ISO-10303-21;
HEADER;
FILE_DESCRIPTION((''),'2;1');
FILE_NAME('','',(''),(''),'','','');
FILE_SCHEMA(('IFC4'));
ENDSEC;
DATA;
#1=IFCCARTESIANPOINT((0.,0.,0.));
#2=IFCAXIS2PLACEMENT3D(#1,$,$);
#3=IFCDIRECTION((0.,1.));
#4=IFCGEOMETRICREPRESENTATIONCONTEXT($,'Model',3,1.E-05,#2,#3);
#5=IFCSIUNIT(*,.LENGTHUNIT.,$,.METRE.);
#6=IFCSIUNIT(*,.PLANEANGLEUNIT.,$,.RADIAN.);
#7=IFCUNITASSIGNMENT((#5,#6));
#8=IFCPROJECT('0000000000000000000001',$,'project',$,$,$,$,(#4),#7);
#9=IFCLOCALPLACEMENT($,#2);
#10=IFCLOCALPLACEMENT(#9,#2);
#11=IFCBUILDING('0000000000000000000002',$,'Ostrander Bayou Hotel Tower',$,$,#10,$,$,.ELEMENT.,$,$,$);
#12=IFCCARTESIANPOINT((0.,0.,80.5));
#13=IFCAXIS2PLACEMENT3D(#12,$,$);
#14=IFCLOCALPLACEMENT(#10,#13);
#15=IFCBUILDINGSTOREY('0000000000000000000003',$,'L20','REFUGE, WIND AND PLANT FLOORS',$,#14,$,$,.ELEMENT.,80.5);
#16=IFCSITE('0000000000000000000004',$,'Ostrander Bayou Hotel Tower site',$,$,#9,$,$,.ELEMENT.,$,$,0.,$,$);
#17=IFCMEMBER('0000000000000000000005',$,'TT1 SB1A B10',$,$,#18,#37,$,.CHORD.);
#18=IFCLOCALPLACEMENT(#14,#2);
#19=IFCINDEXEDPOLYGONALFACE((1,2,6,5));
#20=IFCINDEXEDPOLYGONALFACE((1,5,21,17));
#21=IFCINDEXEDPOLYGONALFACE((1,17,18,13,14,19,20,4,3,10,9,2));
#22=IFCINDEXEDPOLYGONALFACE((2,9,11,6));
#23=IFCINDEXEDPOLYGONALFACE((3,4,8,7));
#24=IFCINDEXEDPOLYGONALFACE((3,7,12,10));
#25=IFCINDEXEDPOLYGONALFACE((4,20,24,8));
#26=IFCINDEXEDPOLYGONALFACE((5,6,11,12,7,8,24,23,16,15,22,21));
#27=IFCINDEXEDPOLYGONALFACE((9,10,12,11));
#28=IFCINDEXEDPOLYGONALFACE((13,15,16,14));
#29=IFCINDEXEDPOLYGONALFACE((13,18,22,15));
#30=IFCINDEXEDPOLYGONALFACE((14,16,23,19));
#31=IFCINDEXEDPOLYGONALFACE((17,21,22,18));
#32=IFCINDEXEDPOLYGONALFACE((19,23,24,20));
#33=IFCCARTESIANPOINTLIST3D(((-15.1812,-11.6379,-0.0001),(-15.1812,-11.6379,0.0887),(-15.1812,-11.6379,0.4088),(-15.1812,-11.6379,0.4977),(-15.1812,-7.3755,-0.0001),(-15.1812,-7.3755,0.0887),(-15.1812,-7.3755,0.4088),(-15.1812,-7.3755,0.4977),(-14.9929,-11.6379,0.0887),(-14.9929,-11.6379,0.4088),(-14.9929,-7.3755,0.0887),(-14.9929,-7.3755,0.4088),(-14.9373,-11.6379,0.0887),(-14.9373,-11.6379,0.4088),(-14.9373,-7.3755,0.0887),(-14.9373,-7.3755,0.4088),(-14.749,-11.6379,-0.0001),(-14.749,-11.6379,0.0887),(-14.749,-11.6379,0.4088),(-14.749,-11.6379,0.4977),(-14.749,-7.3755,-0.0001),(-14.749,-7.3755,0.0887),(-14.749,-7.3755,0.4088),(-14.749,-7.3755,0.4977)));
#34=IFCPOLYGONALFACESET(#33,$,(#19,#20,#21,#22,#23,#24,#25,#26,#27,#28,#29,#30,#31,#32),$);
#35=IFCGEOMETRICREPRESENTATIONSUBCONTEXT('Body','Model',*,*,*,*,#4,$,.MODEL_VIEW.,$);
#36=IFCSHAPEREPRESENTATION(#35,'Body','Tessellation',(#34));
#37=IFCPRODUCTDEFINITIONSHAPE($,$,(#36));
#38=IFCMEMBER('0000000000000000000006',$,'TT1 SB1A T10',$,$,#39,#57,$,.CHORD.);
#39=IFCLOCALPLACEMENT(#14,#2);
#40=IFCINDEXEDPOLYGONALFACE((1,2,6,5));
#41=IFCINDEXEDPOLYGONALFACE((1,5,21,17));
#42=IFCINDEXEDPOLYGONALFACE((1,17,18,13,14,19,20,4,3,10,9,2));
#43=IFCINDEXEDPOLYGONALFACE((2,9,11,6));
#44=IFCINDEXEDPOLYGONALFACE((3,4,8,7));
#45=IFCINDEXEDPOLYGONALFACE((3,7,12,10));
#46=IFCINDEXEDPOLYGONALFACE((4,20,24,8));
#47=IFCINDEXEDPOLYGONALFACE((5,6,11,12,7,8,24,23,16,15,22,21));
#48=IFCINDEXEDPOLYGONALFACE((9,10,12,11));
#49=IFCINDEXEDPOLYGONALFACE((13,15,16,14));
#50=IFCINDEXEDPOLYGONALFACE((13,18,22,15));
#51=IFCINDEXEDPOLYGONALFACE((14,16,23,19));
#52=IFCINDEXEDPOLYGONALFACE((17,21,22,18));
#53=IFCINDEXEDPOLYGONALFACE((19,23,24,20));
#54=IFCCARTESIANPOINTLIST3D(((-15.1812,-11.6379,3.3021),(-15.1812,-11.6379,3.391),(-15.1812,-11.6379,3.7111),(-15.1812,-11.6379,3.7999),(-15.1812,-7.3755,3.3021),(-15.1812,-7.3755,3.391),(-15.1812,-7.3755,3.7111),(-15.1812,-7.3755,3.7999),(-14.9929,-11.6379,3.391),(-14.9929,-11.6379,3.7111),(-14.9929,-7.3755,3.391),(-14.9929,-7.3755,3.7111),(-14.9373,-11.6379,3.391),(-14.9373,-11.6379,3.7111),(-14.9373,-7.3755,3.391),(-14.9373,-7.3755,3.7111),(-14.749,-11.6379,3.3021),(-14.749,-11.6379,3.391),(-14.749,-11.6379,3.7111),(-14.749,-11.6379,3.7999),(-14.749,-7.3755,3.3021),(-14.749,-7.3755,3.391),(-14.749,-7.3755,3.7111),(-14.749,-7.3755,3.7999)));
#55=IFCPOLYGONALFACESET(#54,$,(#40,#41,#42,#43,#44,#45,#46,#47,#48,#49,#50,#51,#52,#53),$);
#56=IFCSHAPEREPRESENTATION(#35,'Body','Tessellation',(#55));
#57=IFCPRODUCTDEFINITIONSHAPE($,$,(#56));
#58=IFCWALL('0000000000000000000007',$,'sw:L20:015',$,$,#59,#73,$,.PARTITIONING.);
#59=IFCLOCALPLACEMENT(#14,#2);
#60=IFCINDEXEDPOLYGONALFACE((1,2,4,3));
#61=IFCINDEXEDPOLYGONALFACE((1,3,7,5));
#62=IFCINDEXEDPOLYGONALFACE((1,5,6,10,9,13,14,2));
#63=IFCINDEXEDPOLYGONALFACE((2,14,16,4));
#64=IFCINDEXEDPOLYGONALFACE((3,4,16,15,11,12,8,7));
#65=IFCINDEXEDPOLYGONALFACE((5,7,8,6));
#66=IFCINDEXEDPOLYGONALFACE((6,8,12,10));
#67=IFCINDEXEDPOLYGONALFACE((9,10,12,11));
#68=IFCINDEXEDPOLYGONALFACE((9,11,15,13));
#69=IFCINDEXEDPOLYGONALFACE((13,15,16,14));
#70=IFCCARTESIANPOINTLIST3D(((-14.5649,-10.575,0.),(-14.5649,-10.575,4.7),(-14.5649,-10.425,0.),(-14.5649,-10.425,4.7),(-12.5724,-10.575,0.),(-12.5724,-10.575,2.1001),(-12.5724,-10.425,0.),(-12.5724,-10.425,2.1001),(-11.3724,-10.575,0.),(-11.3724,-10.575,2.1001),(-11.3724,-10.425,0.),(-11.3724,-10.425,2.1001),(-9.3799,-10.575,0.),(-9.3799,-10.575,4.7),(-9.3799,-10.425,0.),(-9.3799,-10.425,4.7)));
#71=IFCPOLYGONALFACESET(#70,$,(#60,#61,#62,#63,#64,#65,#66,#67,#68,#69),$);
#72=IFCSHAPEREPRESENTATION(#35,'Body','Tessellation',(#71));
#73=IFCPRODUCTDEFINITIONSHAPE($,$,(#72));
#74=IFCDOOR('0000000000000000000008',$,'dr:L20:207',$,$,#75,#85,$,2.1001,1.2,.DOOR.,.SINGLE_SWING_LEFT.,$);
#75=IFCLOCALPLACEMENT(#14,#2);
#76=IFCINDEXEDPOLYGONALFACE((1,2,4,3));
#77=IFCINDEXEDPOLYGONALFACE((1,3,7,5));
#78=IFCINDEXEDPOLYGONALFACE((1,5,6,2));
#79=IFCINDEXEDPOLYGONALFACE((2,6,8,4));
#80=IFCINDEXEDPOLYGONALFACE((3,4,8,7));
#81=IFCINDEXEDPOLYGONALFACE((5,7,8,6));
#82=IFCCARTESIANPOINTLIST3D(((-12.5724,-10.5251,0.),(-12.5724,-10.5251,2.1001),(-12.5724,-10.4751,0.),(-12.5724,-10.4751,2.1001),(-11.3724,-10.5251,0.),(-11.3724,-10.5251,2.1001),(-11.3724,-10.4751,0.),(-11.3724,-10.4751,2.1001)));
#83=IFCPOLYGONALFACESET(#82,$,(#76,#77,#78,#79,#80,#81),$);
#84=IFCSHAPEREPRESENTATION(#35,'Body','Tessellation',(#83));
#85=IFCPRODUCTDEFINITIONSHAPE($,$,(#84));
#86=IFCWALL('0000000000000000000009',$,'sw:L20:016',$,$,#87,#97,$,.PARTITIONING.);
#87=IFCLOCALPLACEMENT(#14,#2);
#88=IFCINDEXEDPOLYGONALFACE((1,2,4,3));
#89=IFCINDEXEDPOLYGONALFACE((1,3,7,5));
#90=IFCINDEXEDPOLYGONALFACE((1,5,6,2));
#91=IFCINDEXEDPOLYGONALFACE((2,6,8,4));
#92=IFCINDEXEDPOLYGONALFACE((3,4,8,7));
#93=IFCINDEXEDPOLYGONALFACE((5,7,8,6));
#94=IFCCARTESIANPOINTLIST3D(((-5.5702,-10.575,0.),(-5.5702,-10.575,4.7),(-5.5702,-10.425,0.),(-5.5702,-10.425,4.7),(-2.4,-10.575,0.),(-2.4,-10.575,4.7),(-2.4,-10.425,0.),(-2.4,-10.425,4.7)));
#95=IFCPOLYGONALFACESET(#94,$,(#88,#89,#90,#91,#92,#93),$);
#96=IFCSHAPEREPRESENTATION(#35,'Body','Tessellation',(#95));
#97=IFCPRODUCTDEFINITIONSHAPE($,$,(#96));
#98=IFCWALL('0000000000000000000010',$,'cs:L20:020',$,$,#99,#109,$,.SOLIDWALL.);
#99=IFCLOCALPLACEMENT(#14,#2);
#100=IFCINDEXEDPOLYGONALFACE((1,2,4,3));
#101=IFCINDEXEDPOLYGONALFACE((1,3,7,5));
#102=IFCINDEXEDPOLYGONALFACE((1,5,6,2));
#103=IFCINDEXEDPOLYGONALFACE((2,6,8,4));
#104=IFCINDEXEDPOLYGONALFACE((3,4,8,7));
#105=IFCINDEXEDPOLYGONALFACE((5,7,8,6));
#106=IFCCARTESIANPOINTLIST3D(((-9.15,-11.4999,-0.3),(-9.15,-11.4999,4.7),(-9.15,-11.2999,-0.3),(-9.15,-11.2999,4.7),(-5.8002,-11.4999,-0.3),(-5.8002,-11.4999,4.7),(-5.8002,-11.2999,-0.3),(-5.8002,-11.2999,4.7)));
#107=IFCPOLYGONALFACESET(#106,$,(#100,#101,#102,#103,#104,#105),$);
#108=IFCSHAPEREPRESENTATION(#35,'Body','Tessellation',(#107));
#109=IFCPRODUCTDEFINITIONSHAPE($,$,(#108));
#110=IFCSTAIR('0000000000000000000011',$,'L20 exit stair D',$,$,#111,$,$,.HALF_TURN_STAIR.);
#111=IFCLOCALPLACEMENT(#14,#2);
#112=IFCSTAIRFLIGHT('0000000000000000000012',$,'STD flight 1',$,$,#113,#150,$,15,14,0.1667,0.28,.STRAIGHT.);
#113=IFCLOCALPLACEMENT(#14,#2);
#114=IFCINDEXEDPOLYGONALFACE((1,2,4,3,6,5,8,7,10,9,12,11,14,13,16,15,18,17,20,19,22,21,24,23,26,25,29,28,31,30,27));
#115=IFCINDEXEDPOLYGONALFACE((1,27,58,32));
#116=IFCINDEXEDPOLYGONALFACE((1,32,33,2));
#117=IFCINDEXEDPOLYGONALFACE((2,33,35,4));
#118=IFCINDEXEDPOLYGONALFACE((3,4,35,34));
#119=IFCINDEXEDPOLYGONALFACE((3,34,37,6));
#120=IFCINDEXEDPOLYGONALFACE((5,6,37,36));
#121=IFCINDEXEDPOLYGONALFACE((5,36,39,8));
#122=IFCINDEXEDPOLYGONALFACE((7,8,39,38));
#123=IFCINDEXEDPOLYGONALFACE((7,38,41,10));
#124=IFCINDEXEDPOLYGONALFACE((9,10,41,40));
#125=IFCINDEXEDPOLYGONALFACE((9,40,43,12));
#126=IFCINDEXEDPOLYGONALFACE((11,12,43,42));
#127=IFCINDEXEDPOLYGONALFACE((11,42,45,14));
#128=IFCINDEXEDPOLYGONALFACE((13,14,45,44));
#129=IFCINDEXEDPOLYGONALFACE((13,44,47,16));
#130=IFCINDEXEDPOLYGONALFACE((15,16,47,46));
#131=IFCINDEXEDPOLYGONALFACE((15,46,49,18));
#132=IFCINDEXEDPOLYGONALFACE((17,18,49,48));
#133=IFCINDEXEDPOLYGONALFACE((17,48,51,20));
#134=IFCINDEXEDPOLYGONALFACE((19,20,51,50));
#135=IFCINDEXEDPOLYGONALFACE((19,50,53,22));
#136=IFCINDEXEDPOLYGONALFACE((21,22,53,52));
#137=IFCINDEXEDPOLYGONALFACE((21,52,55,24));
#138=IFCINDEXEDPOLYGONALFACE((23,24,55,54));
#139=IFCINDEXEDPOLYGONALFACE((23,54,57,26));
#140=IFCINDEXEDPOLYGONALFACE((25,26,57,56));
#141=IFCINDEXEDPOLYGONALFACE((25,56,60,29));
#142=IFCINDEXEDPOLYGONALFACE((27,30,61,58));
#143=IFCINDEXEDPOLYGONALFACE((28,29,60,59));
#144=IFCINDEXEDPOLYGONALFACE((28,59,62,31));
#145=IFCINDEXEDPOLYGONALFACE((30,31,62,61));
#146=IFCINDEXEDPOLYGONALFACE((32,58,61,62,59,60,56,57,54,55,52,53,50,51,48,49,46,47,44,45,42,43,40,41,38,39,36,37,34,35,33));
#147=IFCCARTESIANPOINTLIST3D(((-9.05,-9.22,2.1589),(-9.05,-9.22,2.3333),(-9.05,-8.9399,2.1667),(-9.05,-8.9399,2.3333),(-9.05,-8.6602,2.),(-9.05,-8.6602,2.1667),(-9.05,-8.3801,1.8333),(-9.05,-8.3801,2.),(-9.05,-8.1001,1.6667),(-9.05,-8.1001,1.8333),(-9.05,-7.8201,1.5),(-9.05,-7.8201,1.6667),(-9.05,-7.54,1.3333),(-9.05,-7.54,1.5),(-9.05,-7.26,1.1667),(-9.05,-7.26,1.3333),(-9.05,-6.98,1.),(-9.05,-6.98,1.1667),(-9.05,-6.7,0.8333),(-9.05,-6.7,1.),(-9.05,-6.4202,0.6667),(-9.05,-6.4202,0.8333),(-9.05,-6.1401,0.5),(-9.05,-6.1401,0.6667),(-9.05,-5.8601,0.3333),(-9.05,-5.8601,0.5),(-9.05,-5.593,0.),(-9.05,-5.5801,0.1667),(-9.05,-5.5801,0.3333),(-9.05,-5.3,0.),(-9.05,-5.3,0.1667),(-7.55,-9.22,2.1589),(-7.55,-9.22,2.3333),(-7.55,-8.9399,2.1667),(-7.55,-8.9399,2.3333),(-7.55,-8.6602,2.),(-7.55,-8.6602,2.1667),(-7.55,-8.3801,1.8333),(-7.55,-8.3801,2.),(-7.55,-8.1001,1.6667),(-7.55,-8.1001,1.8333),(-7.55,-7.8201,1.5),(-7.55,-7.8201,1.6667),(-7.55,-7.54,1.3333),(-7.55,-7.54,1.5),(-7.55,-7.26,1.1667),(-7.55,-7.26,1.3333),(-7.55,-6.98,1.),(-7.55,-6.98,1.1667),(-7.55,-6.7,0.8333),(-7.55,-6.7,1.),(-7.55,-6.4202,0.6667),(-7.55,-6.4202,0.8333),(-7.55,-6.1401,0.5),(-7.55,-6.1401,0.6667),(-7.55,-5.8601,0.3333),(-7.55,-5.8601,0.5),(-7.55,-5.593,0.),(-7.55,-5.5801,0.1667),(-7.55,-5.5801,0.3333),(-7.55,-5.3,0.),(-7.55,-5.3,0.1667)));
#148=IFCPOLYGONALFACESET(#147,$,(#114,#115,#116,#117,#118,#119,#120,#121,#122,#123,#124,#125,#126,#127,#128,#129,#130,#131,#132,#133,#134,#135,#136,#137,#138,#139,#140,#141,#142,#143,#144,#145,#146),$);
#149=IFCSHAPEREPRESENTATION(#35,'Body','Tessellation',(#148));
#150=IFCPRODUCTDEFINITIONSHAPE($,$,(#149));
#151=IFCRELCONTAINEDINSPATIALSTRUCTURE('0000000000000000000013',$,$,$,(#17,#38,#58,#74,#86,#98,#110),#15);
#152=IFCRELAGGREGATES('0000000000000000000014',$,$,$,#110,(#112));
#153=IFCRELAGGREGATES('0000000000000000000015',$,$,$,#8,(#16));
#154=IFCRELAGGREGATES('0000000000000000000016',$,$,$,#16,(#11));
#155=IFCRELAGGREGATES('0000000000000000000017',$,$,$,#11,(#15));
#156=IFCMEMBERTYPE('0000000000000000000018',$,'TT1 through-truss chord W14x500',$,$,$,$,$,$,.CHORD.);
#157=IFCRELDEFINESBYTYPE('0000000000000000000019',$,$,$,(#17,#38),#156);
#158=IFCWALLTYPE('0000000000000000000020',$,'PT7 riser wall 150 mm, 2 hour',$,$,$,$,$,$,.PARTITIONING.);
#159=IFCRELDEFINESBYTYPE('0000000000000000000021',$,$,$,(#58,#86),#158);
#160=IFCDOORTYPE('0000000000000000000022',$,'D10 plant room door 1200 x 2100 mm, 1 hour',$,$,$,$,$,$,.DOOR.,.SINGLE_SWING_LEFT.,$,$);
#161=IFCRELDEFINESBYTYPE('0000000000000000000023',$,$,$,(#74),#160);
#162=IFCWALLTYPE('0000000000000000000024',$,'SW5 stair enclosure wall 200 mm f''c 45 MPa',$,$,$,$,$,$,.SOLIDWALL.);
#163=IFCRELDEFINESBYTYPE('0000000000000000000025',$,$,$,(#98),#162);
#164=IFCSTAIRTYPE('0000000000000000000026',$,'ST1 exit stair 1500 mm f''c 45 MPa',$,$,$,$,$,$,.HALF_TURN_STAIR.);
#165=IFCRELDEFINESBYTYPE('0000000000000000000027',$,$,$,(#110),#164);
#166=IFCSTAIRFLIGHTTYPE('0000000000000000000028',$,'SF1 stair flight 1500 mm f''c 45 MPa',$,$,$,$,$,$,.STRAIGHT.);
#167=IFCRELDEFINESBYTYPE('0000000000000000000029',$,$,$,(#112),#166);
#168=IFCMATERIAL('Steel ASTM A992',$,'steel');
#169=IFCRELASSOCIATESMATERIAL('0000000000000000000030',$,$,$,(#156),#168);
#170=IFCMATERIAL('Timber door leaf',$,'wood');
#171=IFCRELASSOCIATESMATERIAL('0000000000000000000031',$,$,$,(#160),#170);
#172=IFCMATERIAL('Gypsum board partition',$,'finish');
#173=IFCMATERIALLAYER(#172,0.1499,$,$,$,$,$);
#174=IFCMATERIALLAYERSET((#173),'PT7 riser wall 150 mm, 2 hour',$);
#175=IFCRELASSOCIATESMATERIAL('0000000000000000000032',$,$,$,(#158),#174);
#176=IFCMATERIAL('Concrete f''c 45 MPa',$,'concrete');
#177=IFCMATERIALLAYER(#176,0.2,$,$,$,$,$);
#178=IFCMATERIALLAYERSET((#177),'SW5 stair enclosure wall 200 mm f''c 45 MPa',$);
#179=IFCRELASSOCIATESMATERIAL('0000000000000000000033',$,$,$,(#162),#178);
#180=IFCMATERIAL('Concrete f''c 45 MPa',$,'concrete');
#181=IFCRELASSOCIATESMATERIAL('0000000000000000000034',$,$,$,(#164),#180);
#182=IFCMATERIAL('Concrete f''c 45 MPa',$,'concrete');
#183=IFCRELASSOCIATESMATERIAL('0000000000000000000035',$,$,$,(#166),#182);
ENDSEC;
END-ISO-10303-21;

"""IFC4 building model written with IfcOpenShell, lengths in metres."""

from ifc_helpers import new_model, si_unit, direction, frame, frame_2d, origin, origin_2d, place, context, subcontext, project, spatial, polyline, rectangle, i_section, outline, extrude, material, layer, layer_set, material_profile, profile_set, type_object, element, fill, aggregate, save


model = new_model("IFC4")

# Units and contexts
model_context = context("Model", 3, precision=1e-05, world=origin(), true_north=direction((0.0, 1.0)))
body_context = subcontext(model_context, "Body", "Model", "MODEL_VIEW")
ifc_project = project(units=[si_unit("LENGTHUNIT", "METRE"), si_unit("PLANEANGLEUNIT", "RADIAN")], contexts=[model_context])

# Site, building, storey
site_placement = place(None, origin())
site = spatial("IfcSite", under=ifc_project, at=site_placement, Name="Ostrander Bayou Hotel Tower site", CompositionType="ELEMENT", RefElevation=0.0)
building_placement = place(site_placement, origin())
building = spatial("IfcBuilding", under=site, at=building_placement, Name="Ostrander Bayou Hotel Tower", CompositionType="ELEMENT")
storey_placement = place(building_placement, frame((0.0, 0.0, 80.5)))
storey = spatial("IfcBuildingStorey", under=building, at=storey_placement, Name="L20", Description="REFUGE, WIND AND PLANT FLOORS", CompositionType="ELEMENT", Elevation=80.5)

# Members
ifc_material_1 = material(Name="Steel ASTM A992", Category="steel")
ifc_material_profile = material_profile(ifc_material_1, i_section(OverallWidth=0.4321, OverallDepth=0.4978, WebThickness=0.0557, FlangeThickness=0.0889, at=origin_2d()))
ifc_profile_set = profile_set([ifc_material_profile], Name="Steel ASTM A992")
member_type = type_object("IfcMemberType", Name="TT1 through-truss chord W14x500", PredefinedType="CHORD", material=ifc_profile_set)
for number, where, z_axis, x_axis, name in (
    (1, (-14.9651, -7.3755, 0.2488), (0.0, -1.0, 0.0), (1.0, 0.0, 0.0), "TT1 SB1A B10"),
    (2, (-14.9651, -7.3755, 3.551), (0.0, -1.0, 0.0), (1.0, 0.0, 0.0), "TT1 SB1A T10"),
):
    element("IfcMember", number, at=place(storey_placement, frame(where, z_axis=z_axis, x_axis=x_axis)), inside=storey, type_object=member_type, Name=name, PredefinedType="CHORD", context=body_context, shape_type="SweptSolid", body=[
        extrude(i_section(OverallWidth=0.4321, OverallDepth=0.4978, WebThickness=0.0557, FlangeThickness=0.0889, at=origin_2d()), origin(), (0.0, 0.0, 1.0), 4.2625),
    ])

# Wall, opening, door
ifc_material_2 = material(Name="Timber door leaf", Category="wood")
door_type = type_object("IfcDoorType", Name="D10 plant room door 1200 x 2100 mm, 1 hour", OperationType="SINGLE_SWING_LEFT", PredefinedType="DOOR", material=ifc_material_2)
ifc_material_3 = material(Name="Gypsum board partition", Category="finish")
ifc_layer_1 = layer(ifc_material_3, 0.1499)
ifc_layer_set_1 = layer_set([ifc_layer_1], Name="PT7 riser wall 150 mm, 2 hour")
wall_type_1 = type_object("IfcWallType", Name="PT7 riser wall 150 mm, 2 hour", PredefinedType="PARTITIONING", material=ifc_layer_set_1)
wall_1_placement = place(storey_placement, frame((-14.5649, -10.5, 0.0), z_axis=(0.0, 0.0, 1.0), x_axis=(1.0, 0.0, 0.0)))
wall_1 = element("IfcWall", 3, at=wall_1_placement, inside=storey, type_object=wall_type_1, Name="sw:L20:015", PredefinedType="PARTITIONING", context=body_context, shape_type="SweptSolid", body=[
    extrude(rectangle(XDim=5.1851, YDim=0.1499, at=frame_2d((2.5925, 0.0))), origin(), (0.0, 0.0, 1.0), 4.7),
])
opening_1_placement = place(wall_1_placement, frame((1.9924, 0.0, 0.0)))
opening_1 = element("IfcOpeningElement", 4, at=opening_1_placement, cuts=wall_1, PredefinedType="OPENING", context=body_context, shape_type="SweptSolid", body=[
    extrude(rectangle(XDim=1.2, YDim=2.1001, at=frame_2d((0.6001, 1.05))), frame((0.0, 0.075, 0.0), z_axis=(0.0, -1.0, 0.0), x_axis=(1.0, 0.0, 0.0)), (0.0, 0.0, 1.0), 0.1499),
])
door_1_placement = place(opening_1_placement, origin())
door_1 = element("IfcDoor", 5, at=door_1_placement, inside=storey, type_object=door_type, Name="dr:L20:207", OperationType="SINGLE_SWING_LEFT", OverallHeight=2.1001, OverallWidth=1.2, PredefinedType="DOOR", context=body_context, shape_type="SweptSolid", body=[
    extrude(rectangle(XDim=1.2, YDim=2.1001, at=frame_2d((0.6001, 1.05))), frame((0.0, 0.0249, 0.0), z_axis=(0.0, -1.0, 0.0), x_axis=(1.0, 0.0, 0.0)), (0.0, 0.0, 1.0), 0.05),
])
fill(opening_1, door_1)

# Walls
wall_2_placement = place(storey_placement, frame((-5.5701, -10.5, 0.0), z_axis=(0.0, 0.0, 1.0), x_axis=(1.0, 0.0, 0.0)))
element("IfcWall", 6, at=wall_2_placement, inside=storey, type_object=wall_type_1, Name="sw:L20:016", PredefinedType="PARTITIONING", context=body_context, shape_type="SweptSolid", body=[
    extrude(rectangle(XDim=3.1702, YDim=0.1499, at=frame_2d((1.585, 0.0))), origin(), (0.0, 0.0, 1.0), 4.7),
])
ifc_material_4 = material(Name="Concrete f'c 45 MPa", Category="concrete")
ifc_layer_2 = layer(ifc_material_4, 0.2)
ifc_layer_set_2 = layer_set([ifc_layer_2], Name="SW5 stair enclosure wall 200 mm f'c 45 MPa")
wall_type_2 = type_object("IfcWallType", Name="SW5 stair enclosure wall 200 mm f'c 45 MPa", PredefinedType="SOLIDWALL", material=ifc_layer_set_2)
wall_3_placement = place(storey_placement, frame((-9.1499, -11.3999, -0.3), z_axis=(0.0, 0.0, 1.0), x_axis=(1.0, 0.0, 0.0)))
element("IfcWall", 7, at=wall_3_placement, inside=storey, type_object=wall_type_2, Name="cs:L20:020", PredefinedType="SOLIDWALL", context=body_context, shape_type="SweptSolid", body=[
    extrude(rectangle(XDim=3.3499, YDim=0.2, at=frame_2d((1.6748, 0.0))), origin(), (0.0, 0.0, 1.0), 5.0),
])

# Stair, stair flight
ifc_material_5 = material(Name="Concrete f'c 45 MPa", Category="concrete")
stair_type = type_object("IfcStairType", Name="ST1 exit stair 1500 mm f'c 45 MPa", PredefinedType="HALF_TURN_STAIR", material=ifc_material_5)
stair_placement = place(storey_placement, origin())
stair = element("IfcStair", 8, at=stair_placement, inside=storey, type_object=stair_type, Name="L20 exit stair D", PredefinedType="HALF_TURN_STAIR")
ifc_material_6 = material(Name="Concrete f'c 45 MPa", Category="concrete")
stair_flight_type = type_object("IfcStairFlightType", Name="SF1 stair flight 1500 mm f'c 45 MPa", PredefinedType="STRAIGHT", material=ifc_material_6)
stair_flight_1_placement = place(storey_placement, frame((-8.3, -5.3, 0.0), z_axis=(0.0, 0.0, 1.0), x_axis=(0.0, -1.0, 0.0)))
stair_flight_1 = element("IfcStairFlight", 9, at=stair_flight_1_placement, type_object=stair_flight_type, Name="STD flight 1", NumberOfRisers=15, NumberOfTreads=14, PredefinedType="STRAIGHT", RiserHeight=0.1667, TreadLength=0.28, context=body_context, shape_type="SweptSolid", body=[
    extrude(outline(polyline([(0.0, 0.0), (0.0, 0.1667), (0.28, 0.1667), (0.28, 0.3333), (0.5601, 0.3333), (0.5601, 0.5), (0.8401, 0.5), (0.8401, 0.6667), (1.1201, 0.6667), (1.1201, 0.8333), (1.3999, 0.8333), (1.3999, 1.0), (1.6799, 1.0), (1.6799, 1.1667), (1.96, 1.1667), (1.96, 1.3333), (2.24, 1.3333), (2.24, 1.5), (2.52, 1.5), (2.52, 1.6667), (2.8, 1.6667), (2.8, 1.8333), (3.0801, 1.8333), (3.0801, 2.0), (3.3601, 2.0), (3.3601, 2.1667), (3.6399, 2.1667), (3.6399, 2.3333), (3.9199, 2.3333), (3.9199, 2.5), (3.9199, 2.1589), (0.293, 0.0), (0.0, 0.0)])), frame((0.0, 0.75, 0.0), z_axis=(0.0, -1.0, 0.0), x_axis=(1.0, 0.0, 0.0)), (0.0, 0.0, 1.0), 1.5),
])
aggregate(stair, [stair_flight_1])

save(model, "model.ifc")
